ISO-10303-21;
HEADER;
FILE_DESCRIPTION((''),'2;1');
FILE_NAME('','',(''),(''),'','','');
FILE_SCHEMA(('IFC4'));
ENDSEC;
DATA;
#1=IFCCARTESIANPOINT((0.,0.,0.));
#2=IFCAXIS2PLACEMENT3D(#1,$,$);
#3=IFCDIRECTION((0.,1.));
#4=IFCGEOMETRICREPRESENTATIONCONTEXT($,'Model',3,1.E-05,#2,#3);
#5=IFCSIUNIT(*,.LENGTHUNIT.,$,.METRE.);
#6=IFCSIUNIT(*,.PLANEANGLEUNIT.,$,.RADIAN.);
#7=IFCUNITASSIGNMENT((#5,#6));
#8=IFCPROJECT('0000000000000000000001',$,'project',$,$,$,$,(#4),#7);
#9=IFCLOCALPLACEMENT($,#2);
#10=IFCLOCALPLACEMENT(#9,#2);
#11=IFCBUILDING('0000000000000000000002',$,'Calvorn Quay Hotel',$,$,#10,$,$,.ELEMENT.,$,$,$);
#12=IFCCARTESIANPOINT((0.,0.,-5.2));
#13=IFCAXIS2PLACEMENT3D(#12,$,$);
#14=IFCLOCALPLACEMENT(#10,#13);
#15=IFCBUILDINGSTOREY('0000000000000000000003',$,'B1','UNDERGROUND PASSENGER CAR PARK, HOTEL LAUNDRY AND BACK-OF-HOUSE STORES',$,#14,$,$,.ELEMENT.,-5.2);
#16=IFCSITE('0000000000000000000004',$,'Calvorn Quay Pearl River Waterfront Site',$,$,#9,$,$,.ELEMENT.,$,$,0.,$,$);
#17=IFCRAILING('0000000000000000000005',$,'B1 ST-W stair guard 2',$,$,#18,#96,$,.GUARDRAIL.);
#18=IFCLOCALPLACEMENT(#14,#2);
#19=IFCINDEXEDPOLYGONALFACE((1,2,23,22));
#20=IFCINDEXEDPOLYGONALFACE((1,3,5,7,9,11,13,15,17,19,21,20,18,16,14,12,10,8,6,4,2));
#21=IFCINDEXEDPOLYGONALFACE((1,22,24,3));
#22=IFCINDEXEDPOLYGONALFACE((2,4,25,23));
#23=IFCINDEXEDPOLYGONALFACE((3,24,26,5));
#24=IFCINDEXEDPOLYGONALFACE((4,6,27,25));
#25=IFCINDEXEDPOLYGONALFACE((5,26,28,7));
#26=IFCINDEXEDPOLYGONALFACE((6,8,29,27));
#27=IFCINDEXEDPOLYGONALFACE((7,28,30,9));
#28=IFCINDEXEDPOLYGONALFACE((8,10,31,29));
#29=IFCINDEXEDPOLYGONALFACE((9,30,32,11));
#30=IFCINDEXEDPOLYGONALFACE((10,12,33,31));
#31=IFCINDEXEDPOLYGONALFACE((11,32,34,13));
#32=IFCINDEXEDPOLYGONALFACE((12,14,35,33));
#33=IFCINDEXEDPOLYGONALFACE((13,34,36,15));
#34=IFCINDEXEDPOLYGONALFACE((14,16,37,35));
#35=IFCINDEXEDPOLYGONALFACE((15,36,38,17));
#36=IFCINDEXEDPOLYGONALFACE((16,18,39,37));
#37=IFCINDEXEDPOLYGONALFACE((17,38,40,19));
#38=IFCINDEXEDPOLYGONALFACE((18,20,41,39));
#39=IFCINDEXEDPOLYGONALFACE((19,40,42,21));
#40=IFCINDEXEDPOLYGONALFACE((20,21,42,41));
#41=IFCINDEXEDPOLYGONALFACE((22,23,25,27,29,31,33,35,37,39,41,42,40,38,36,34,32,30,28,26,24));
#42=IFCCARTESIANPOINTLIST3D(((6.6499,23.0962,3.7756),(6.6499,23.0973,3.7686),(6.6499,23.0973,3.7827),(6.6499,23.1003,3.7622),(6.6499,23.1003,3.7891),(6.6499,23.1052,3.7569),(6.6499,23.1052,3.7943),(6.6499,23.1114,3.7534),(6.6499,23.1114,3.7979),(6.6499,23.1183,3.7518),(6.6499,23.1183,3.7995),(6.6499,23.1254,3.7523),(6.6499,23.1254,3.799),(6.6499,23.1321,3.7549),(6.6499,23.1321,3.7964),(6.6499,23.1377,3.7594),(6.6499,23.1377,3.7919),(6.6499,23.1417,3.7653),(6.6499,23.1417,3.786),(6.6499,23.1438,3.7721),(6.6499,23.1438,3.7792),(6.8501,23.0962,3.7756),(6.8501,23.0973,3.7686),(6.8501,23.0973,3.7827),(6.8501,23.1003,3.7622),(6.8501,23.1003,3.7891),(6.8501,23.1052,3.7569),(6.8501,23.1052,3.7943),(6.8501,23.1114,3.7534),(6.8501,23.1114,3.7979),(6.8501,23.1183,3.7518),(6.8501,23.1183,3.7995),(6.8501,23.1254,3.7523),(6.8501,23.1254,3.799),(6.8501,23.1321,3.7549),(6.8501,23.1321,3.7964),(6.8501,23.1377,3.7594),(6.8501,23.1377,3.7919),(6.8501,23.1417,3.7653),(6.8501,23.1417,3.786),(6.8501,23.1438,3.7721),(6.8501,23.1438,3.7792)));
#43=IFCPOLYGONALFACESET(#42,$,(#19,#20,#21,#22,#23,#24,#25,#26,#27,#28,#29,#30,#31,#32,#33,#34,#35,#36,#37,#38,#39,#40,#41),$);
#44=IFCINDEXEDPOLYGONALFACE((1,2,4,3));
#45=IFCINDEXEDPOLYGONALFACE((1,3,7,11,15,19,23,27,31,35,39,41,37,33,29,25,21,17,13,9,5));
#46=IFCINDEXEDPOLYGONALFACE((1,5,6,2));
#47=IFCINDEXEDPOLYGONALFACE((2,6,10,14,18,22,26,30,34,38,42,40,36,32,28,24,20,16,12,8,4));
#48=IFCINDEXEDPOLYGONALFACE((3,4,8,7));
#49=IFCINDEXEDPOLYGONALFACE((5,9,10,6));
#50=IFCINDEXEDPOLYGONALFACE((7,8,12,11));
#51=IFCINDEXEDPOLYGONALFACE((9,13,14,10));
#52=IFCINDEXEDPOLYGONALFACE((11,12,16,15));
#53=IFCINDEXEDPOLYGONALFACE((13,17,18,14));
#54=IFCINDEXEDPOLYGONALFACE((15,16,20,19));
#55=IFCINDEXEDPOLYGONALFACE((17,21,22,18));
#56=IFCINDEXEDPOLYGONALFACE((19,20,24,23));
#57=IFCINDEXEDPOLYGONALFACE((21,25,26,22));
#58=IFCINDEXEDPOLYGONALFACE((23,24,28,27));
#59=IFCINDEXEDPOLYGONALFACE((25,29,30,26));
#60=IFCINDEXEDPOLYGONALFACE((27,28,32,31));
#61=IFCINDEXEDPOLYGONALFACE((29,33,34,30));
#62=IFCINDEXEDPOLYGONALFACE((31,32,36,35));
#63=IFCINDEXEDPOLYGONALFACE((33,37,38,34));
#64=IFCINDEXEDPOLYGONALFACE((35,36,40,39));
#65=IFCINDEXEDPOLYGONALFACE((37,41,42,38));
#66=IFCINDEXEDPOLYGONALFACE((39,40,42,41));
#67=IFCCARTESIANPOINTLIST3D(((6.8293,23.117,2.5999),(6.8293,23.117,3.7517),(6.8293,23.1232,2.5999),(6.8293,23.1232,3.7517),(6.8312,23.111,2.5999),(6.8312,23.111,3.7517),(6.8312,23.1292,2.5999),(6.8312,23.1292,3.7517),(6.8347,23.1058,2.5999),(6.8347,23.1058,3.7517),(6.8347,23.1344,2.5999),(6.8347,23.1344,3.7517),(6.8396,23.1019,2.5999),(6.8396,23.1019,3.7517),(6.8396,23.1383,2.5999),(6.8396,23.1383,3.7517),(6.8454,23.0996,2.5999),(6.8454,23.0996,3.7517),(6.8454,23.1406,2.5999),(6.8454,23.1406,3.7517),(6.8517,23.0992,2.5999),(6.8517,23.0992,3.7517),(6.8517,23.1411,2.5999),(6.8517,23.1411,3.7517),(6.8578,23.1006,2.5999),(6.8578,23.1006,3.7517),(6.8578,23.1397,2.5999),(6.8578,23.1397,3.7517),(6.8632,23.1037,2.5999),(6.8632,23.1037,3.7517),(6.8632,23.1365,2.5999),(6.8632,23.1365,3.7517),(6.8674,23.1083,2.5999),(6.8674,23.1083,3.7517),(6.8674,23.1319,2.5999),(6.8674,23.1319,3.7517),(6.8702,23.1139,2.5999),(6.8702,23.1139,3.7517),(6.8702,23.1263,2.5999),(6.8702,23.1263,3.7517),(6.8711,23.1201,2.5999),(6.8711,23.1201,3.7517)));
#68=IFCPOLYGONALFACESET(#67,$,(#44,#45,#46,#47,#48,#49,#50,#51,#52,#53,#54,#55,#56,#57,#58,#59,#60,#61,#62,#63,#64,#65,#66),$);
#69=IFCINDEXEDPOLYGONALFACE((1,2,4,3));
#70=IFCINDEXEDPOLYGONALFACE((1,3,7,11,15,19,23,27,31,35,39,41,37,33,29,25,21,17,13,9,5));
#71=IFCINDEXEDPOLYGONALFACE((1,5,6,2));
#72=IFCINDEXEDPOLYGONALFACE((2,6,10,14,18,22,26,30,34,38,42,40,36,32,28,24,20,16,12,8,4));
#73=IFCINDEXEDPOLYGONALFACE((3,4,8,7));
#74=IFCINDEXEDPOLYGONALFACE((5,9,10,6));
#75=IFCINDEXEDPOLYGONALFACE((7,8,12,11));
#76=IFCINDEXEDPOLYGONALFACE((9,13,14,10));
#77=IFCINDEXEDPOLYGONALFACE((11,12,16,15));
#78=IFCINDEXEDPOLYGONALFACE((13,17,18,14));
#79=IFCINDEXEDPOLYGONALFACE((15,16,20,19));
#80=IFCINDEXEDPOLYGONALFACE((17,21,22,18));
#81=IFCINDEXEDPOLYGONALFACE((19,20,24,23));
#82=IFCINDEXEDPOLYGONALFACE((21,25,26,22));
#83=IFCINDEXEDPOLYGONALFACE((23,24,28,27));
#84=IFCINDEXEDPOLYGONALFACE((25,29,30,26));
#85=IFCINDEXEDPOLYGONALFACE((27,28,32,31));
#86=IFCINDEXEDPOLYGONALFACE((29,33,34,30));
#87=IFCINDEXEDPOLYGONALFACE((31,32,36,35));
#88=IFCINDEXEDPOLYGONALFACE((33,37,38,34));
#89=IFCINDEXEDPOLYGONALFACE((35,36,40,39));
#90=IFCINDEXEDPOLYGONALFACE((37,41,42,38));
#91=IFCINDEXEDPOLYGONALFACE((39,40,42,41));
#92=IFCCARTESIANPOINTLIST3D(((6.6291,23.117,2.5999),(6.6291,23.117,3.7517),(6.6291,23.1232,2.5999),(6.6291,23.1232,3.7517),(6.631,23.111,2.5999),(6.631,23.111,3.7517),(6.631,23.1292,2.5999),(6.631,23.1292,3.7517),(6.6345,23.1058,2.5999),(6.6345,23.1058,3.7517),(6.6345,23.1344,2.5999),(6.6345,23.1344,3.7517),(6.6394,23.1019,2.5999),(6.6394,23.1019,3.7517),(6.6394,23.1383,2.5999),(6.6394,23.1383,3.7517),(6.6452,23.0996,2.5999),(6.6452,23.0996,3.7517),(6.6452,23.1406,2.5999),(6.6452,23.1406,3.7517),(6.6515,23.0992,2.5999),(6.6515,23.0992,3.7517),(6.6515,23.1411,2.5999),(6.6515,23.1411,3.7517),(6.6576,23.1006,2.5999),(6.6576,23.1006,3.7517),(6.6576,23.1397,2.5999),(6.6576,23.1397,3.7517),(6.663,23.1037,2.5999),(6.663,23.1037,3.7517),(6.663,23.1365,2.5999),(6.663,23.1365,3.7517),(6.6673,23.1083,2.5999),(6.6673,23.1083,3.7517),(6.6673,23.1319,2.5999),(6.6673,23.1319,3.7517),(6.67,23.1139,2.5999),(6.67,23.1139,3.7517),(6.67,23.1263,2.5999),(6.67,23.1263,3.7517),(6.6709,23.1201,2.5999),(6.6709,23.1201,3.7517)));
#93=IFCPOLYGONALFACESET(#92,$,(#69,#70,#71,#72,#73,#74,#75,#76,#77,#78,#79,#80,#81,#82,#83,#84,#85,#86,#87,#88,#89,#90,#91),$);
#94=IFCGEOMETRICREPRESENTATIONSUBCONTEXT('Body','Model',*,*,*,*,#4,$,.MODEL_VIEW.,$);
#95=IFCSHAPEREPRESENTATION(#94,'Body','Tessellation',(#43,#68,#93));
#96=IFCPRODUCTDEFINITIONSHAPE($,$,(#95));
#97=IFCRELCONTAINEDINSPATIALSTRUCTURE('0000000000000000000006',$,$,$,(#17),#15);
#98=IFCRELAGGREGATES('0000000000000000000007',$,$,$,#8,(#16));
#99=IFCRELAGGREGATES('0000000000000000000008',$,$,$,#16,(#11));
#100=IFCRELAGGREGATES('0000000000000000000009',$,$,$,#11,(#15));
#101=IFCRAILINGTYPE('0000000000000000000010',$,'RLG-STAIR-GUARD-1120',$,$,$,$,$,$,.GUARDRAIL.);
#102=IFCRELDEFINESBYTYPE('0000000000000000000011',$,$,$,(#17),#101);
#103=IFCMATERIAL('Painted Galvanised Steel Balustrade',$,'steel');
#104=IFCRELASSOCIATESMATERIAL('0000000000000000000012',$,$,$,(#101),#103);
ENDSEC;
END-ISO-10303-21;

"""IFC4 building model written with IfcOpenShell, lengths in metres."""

from ifc_helpers import new_model, si_unit, direction, frame, origin, origin_2d, place, context, subcontext, project, spatial, circle, extrude, material, type_object, element, save


model = new_model("IFC4")

# Units and contexts
model_context = context("Model", 3, precision=1e-05, world=origin(), true_north=direction((0.0, 1.0)))
body_context = subcontext(model_context, "Body", "Model", "MODEL_VIEW")
ifc_project = project(units=[si_unit("LENGTHUNIT", "METRE"), si_unit("PLANEANGLEUNIT", "RADIAN")], contexts=[model_context])

# Site, building, storey
site_placement = place(None, origin())
site = spatial("IfcSite", under=ifc_project, at=site_placement, Name="Calvorn Quay Pearl River Waterfront Site", CompositionType="ELEMENT", RefElevation=0.0)
building_placement = place(site_placement, origin())
building = spatial("IfcBuilding", under=site, at=building_placement, Name="Calvorn Quay Hotel", CompositionType="ELEMENT")
storey_placement = place(building_placement, frame((0.0, 0.0, -5.2)))
storey = spatial("IfcBuildingStorey", under=building, at=storey_placement, Name="B1", Description="UNDERGROUND PASSENGER CAR PARK, HOTEL LAUNDRY AND BACK-OF-HOUSE STORES", CompositionType="ELEMENT", Elevation=-5.2)

# Railing
ifc_material_1 = material(Name="Painted Galvanised Steel Balustrade", Category="steel")
railing_type_1 = type_object("IfcRailingType", Name="RLG-STAIR-GUARD-1120", PredefinedType="GUARDRAIL", material=ifc_material_1)
railing_1_placement = place(storey_placement, frame((6.8501, 23.1201, 2.5999)))
element("IfcRailing", 1, at=railing_1_placement, inside=storey, type_object=railing_type_1, Name="B1 ST-W stair guard 2", PredefinedType="GUARDRAIL", context=body_context, shape_type="SweptSolid", body=[
    extrude(circle(Radius=0.0239, at=origin_2d()), frame((0.0, 0.0, 1.1758), z_axis=(-1.0, 0.0, 0.0), x_axis=(0.0, -1.0, 0.0)), (0.0, 0.0, 1.0), 0.2002),
    extrude(circle(Radius=0.021, at=origin_2d()), origin(), (0.0, 0.0, 1.0), 1.1519),
    extrude(circle(Radius=0.021, at=origin_2d()), frame((-0.2002, 0.0, 0.0)), (0.0, 0.0, 1.0), 1.1519),
])

save(model, "model.ifc")
